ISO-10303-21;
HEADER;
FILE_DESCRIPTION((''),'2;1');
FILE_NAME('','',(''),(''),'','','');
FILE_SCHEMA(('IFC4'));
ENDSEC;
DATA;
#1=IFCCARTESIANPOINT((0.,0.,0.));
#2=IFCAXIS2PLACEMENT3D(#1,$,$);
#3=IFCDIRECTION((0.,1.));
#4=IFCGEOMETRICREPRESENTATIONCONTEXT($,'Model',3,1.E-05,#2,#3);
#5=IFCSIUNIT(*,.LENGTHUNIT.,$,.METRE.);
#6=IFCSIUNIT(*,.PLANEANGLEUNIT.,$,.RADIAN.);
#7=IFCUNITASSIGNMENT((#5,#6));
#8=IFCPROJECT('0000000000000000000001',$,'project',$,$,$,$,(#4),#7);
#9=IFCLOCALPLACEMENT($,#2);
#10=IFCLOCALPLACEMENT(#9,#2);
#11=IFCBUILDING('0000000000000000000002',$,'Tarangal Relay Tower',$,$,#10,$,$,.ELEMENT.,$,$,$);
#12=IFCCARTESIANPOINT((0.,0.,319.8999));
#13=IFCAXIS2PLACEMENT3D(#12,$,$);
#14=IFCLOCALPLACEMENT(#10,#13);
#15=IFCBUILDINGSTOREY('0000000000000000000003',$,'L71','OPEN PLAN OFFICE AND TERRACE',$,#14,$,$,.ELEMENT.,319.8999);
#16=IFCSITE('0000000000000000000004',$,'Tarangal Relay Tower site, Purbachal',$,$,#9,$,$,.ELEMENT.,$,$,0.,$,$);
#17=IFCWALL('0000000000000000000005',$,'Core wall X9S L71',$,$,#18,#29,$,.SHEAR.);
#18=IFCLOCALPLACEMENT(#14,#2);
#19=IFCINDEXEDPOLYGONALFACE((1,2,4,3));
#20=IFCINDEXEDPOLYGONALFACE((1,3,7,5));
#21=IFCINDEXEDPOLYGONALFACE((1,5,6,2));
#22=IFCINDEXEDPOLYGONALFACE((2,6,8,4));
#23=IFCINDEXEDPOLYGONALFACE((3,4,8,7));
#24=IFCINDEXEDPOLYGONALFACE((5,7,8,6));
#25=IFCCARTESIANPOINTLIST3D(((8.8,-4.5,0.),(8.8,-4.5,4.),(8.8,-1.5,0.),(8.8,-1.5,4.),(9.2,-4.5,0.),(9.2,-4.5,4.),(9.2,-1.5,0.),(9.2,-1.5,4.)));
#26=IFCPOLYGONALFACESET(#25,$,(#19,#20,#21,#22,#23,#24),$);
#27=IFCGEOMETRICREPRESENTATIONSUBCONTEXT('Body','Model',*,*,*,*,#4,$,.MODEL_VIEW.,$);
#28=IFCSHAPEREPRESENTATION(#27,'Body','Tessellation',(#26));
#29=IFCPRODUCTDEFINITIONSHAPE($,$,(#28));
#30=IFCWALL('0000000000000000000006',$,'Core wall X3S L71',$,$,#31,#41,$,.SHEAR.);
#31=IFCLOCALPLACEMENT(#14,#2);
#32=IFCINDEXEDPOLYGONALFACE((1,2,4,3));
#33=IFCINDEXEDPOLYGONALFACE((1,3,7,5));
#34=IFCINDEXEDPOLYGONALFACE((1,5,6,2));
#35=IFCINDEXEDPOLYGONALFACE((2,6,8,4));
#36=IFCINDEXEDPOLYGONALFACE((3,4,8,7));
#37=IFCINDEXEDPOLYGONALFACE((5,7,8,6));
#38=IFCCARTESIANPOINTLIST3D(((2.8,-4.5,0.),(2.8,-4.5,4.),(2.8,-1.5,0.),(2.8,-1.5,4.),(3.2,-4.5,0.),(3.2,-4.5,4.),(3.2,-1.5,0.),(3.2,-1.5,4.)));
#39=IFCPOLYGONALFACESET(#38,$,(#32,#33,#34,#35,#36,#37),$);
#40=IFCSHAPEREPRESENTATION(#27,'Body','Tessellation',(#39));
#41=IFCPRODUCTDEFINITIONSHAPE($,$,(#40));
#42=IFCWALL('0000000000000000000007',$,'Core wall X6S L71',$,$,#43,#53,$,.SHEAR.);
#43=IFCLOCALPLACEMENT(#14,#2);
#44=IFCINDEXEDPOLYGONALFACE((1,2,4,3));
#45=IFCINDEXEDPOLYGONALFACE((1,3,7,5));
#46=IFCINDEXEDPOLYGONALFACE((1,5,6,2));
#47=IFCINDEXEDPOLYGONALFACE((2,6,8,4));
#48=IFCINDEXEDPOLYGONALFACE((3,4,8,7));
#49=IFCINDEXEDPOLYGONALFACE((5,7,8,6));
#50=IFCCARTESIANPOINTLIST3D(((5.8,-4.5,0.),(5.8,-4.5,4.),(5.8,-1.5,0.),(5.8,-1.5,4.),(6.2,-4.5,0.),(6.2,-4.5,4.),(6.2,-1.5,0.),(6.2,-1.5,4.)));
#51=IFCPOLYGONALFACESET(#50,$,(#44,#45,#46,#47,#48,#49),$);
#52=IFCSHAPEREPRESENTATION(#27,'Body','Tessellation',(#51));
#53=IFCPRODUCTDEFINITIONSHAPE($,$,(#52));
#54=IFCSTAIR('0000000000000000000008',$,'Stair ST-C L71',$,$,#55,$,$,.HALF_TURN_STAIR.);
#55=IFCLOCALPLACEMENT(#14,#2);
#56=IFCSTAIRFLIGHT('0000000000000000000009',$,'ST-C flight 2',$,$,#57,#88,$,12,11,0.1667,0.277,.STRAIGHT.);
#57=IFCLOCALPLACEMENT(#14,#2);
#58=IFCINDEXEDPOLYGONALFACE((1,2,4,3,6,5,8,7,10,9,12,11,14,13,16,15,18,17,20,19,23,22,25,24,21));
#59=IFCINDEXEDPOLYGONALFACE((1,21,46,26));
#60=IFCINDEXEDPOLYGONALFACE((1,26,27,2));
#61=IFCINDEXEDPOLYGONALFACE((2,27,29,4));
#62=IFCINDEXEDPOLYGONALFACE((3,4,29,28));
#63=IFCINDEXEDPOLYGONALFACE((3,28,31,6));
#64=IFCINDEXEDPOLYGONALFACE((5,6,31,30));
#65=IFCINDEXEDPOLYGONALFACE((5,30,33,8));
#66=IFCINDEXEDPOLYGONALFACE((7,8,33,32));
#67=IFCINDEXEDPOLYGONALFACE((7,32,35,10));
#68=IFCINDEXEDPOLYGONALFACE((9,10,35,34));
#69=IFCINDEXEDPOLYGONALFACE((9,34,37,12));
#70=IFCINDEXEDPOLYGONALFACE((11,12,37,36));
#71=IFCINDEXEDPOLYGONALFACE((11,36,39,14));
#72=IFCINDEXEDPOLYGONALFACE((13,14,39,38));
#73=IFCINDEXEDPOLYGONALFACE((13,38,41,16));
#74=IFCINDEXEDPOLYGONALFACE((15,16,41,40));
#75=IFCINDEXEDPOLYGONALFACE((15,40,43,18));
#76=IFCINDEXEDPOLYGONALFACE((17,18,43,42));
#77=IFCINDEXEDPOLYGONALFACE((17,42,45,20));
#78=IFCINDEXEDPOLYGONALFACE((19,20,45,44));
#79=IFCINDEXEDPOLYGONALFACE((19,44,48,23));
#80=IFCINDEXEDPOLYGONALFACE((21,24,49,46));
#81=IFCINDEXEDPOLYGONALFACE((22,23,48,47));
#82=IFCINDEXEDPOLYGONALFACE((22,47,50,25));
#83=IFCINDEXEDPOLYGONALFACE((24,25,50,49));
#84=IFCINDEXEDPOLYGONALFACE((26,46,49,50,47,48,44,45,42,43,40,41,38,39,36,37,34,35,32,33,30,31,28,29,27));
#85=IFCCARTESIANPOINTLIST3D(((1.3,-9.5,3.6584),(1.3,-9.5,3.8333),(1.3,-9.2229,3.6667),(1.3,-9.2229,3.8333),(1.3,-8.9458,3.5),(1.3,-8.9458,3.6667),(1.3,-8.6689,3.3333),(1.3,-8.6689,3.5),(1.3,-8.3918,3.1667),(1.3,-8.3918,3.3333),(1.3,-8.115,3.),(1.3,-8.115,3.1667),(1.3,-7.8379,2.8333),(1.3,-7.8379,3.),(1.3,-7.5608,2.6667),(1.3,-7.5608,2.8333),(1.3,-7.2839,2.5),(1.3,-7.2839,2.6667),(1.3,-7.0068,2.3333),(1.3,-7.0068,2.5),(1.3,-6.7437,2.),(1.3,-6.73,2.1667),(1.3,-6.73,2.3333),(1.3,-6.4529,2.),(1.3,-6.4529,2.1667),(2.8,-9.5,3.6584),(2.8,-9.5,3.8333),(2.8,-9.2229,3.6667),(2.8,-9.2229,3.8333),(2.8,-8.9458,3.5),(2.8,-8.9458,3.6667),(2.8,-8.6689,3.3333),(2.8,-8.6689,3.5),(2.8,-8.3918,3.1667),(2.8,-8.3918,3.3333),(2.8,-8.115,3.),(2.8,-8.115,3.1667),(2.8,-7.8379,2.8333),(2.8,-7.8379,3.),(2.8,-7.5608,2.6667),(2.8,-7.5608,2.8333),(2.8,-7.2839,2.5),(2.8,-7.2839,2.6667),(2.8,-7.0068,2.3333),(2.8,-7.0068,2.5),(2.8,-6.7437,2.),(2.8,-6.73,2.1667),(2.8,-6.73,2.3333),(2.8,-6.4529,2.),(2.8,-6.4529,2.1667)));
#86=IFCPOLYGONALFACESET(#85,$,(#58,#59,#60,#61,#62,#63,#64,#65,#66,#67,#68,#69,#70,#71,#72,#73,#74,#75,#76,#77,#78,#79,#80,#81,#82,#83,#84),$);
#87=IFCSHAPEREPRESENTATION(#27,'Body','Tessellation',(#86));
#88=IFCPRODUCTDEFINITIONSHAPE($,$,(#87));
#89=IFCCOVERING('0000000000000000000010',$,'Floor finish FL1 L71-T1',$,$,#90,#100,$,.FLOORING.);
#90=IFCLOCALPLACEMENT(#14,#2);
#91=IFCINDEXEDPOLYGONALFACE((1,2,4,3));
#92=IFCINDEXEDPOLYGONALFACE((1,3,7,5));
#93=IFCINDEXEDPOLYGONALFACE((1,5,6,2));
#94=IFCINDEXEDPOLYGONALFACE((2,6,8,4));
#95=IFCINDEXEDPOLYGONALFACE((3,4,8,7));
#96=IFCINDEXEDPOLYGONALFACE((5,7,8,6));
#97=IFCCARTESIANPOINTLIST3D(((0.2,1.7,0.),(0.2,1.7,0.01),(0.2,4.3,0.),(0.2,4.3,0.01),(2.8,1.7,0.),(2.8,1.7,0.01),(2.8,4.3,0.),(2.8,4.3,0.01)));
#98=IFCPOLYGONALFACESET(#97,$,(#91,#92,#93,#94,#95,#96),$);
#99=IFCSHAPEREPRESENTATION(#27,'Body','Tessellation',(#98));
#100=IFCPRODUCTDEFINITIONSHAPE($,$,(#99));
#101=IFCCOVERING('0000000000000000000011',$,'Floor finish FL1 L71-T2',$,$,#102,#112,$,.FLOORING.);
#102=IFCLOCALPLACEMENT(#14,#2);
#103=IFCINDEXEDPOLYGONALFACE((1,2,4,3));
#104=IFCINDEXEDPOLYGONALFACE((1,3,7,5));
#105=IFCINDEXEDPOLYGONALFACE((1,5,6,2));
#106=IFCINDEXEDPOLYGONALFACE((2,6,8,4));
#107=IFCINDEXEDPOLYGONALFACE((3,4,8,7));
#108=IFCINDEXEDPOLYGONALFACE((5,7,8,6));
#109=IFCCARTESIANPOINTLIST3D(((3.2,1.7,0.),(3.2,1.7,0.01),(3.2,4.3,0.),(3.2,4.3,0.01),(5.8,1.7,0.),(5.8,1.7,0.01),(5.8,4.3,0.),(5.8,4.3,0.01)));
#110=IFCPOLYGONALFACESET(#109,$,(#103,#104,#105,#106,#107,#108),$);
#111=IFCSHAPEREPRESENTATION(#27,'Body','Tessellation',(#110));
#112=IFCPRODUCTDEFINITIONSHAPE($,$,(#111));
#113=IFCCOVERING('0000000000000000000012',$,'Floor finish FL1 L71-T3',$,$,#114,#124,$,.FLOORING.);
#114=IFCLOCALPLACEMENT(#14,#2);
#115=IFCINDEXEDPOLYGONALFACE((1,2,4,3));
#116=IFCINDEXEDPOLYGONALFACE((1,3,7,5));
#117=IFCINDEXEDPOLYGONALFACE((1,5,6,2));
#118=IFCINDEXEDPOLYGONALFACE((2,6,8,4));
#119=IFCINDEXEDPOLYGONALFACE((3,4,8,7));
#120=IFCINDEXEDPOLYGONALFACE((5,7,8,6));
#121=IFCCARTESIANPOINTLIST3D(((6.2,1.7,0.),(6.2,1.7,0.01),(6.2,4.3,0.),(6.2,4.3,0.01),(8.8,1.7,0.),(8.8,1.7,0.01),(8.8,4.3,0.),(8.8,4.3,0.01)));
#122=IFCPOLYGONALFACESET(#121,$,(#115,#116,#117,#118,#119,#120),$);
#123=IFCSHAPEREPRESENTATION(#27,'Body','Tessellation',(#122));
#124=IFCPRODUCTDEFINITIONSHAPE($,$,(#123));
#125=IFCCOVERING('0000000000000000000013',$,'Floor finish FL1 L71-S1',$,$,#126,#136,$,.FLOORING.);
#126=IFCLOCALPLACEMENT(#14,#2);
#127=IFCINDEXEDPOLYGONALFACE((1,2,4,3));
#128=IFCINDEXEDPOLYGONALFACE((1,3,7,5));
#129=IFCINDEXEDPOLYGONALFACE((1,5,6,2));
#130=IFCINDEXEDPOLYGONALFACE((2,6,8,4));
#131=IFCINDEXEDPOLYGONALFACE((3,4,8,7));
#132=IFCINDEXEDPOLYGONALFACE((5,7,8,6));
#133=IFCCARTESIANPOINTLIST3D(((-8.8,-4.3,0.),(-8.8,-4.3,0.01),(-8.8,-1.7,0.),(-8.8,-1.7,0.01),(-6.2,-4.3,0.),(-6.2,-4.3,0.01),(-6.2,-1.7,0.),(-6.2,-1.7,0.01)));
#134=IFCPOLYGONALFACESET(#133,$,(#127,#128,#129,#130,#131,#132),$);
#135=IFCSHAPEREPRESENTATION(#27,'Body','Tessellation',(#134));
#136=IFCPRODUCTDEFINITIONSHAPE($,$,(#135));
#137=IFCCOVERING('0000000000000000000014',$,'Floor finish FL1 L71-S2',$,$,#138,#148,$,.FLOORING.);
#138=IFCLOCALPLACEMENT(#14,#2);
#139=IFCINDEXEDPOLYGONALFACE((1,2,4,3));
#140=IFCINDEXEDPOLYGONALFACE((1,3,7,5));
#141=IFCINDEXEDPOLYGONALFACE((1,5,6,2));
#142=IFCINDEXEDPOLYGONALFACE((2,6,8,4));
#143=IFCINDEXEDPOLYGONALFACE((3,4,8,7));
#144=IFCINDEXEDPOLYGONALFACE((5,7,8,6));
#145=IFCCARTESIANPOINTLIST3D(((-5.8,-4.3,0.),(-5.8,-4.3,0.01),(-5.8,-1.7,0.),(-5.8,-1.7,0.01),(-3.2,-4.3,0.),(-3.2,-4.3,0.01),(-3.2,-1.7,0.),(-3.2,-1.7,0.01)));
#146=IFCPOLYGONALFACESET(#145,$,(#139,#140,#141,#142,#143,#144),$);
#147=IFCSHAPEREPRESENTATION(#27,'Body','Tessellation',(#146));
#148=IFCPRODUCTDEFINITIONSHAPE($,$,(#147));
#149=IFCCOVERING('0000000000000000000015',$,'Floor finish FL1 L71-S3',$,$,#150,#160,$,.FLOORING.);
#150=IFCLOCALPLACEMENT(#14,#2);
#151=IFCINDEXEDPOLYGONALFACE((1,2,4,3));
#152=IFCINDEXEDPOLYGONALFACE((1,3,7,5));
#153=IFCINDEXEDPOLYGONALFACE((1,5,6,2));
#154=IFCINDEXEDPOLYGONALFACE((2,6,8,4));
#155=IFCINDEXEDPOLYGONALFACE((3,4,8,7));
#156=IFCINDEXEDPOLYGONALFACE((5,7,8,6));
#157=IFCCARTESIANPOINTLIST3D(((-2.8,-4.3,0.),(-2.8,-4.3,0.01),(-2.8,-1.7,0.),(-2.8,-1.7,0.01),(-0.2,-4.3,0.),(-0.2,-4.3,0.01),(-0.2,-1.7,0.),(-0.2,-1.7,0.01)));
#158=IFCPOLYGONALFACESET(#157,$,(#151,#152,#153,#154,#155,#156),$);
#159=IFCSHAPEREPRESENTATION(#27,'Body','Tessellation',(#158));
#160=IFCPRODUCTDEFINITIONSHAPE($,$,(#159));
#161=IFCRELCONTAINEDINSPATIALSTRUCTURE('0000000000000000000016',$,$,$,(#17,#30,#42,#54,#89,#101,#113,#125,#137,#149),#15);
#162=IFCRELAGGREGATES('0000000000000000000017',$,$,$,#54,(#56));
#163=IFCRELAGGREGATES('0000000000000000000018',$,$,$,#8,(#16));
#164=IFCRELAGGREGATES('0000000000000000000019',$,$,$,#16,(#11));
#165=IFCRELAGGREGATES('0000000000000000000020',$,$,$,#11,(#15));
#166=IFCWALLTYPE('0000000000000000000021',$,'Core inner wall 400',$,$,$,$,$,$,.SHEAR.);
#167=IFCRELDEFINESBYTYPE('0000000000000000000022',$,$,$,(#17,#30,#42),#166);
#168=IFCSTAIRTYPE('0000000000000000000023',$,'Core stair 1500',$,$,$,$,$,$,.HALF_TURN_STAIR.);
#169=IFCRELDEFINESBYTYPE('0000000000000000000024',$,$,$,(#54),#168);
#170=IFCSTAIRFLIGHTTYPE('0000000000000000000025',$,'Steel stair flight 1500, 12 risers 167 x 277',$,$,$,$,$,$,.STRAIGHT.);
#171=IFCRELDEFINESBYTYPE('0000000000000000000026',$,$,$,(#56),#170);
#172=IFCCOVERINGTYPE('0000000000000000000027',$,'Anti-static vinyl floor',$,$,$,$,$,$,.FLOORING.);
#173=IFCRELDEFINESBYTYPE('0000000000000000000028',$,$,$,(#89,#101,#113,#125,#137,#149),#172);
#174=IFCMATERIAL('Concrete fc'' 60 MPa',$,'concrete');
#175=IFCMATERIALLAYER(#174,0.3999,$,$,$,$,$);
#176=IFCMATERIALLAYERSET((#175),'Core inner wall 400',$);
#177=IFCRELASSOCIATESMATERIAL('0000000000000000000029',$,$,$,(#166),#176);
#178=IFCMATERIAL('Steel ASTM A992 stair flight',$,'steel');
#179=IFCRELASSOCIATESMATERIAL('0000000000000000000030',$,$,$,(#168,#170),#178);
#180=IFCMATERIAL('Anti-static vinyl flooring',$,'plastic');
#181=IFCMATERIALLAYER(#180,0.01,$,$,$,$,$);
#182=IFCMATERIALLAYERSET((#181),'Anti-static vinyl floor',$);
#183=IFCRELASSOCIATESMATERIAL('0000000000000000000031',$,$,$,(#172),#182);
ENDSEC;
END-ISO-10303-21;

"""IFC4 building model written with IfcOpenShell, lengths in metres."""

from ifc_helpers import new_model, si_unit, direction, frame, frame_2d, origin, place, context, subcontext, project, spatial, polyline, rectangle, outline, extrude, material, layer, layer_set, type_object, element, aggregate, save


model = new_model("IFC4")

# Units and contexts
model_context = context("Model", 3, precision=1e-05, world=origin(), true_north=direction((0.0, 1.0)))
body_context = subcontext(model_context, "Body", "Model", "MODEL_VIEW")
ifc_project = project(units=[si_unit("LENGTHUNIT", "METRE"), si_unit("PLANEANGLEUNIT", "RADIAN")], contexts=[model_context])

# Site, building, storey
site_placement = place(None, origin())
site = spatial("IfcSite", under=ifc_project, at=site_placement, Name="Tarangal Relay Tower site, Purbachal", CompositionType="ELEMENT", RefElevation=0.0)
building_placement = place(site_placement, origin())
building = spatial("IfcBuilding", under=site, at=building_placement, Name="Tarangal Relay Tower", CompositionType="ELEMENT")
storey_placement = place(building_placement, frame((0.0, 0.0, 319.8999)))
storey = spatial("IfcBuildingStorey", under=building, at=storey_placement, Name="L71", Description="OPEN PLAN OFFICE AND TERRACE", CompositionType="ELEMENT", Elevation=319.8999)

# Walls
ifc_material_1 = material(Name="Concrete fc' 60 MPa", Category="concrete")
ifc_layer_1 = layer(ifc_material_1, 0.3999)
ifc_layer_set_1 = layer_set([ifc_layer_1], Name="Core inner wall 400")
wall_type_1 = type_object("IfcWallType", Name="Core inner wall 400", PredefinedType="SHEAR", material=ifc_layer_set_1)
for number, where, z_axis, x_axis, name in (
    (1, (9.0, -4.5, 0.0), (0.0, 0.0, 1.0), (0.0, 1.0, 0.0), "Core wall X9S L71"),
    (2, (3.0, -4.5, 0.0), (0.0, 0.0, 1.0), (0.0, 1.0, 0.0), "Core wall X3S L71"),
    (3, (6.0, -4.5, 0.0), (0.0, 0.0, 1.0), (0.0, 1.0, 0.0), "Core wall X6S L71"),
):
    element("IfcWall", number, at=place(storey_placement, frame(where, z_axis=z_axis, x_axis=x_axis)), inside=storey, type_object=wall_type_1, Name=name, PredefinedType="SHEAR", context=body_context, shape_type="SweptSolid", body=[
        extrude(rectangle(XDim=3.0, YDim=0.3999, at=frame_2d((1.5, 0.0))), origin(), (0.0, 0.0, 1.0), 4.0),
    ])

# Stair, stair flight
ifc_material_2 = material(Name="Steel ASTM A992 stair flight", Category="steel")
stair_type = type_object("IfcStairType", Name="Core stair 1500", PredefinedType="HALF_TURN_STAIR", material=ifc_material_2)
stair_placement = place(storey_placement, origin())
stair = element("IfcStair", 4, at=stair_placement, inside=storey, type_object=stair_type, Name="Stair ST-C L71", PredefinedType="HALF_TURN_STAIR")
stair_flight_type = type_object("IfcStairFlightType", Name="Steel stair flight 1500, 12 risers 167 x 277", PredefinedType="STRAIGHT", material=ifc_material_2)
stair_flight_placement = place(storey_placement, frame((2.05, -6.4529, 2.0), z_axis=(0.0, 0.0, 1.0), x_axis=(0.0, -1.0, 0.0)))
stair_flight = element("IfcStairFlight", 5, at=stair_flight_placement, type_object=stair_flight_type, Name="ST-C flight 2", NumberOfRisers=12, NumberOfTreads=11, PredefinedType="STRAIGHT", RiserHeight=0.1667, TreadLength=0.277, context=body_context, shape_type="SweptSolid", body=[
    extrude(outline(polyline([(0.0, 0.0), (0.0, 0.1667), (0.2771, 0.1667), (0.2771, 0.3333), (0.554, 0.3333), (0.554, 0.5), (0.8311, 0.5), (0.8311, 0.6667), (1.1079, 0.6667), (1.1079, 0.8333), (1.385, 0.8333), (1.385, 1.0), (1.6621, 1.0), (1.6621, 1.1667), (1.939, 1.1667), (1.939, 1.3333), (2.2161, 1.3333), (2.2161, 1.5), (2.4929, 1.5), (2.4929, 1.6667), (2.77, 1.6667), (2.77, 1.8333), (3.0471, 1.8333), (3.0471, 2.0), (3.0471, 1.6584), (0.2908, 0.0), (0.0, 0.0)])), frame((0.0, 0.75, 0.0), z_axis=(0.0, -1.0, 0.0), x_axis=(1.0, 0.0, 0.0)), (0.0, 0.0, 1.0), 1.5),
])
aggregate(stair, [stair_flight])

# Coverings
ifc_material_3 = material(Name="Anti-static vinyl flooring", Category="plastic")
ifc_layer_2 = layer(ifc_material_3, 0.01)
ifc_layer_set_2 = layer_set([ifc_layer_2], Name="Anti-static vinyl floor")
covering_type_1 = type_object("IfcCoveringType", Name="Anti-static vinyl floor", PredefinedType="FLOORING", material=ifc_layer_set_2)
covering_1_placement = place(storey_placement, origin())
element("IfcCovering", 6, at=covering_1_placement, inside=storey, type_object=covering_type_1, Name="Floor finish FL1 L71-T1", PredefinedType="FLOORING", context=body_context, shape_type="SweptSolid", body=[
    extrude(outline(polyline([(0.2, 1.7), (2.8, 1.7), (2.8, 4.3), (0.2, 4.3), (0.2, 1.7)])), origin(), (0.0, 0.0, 1.0), 0.01),
])
covering_2_placement = place(storey_placement, origin())
element("IfcCovering", 7, at=covering_2_placement, inside=storey, type_object=covering_type_1, Name="Floor finish FL1 L71-T2", PredefinedType="FLOORING", context=body_context, shape_type="SweptSolid", body=[
    extrude(outline(polyline([(3.2, 1.7), (5.8, 1.7), (5.8, 4.3), (3.2, 4.3), (3.2, 1.7)])), origin(), (0.0, 0.0, 1.0), 0.01),
])
covering_3_placement = place(storey_placement, origin())
element("IfcCovering", 8, at=covering_3_placement, inside=storey, type_object=covering_type_1, Name="Floor finish FL1 L71-T3", PredefinedType="FLOORING", context=body_context, shape_type="SweptSolid", body=[
    extrude(outline(polyline([(6.2, 1.7), (8.8, 1.7), (8.8, 4.3), (6.2, 4.3), (6.2, 1.7)])), origin(), (0.0, 0.0, 1.0), 0.01),
])
covering_4_placement = place(storey_placement, origin())
element("IfcCovering", 9, at=covering_4_placement, inside=storey, type_object=covering_type_1, Name="Floor finish FL1 L71-S1", PredefinedType="FLOORING", context=body_context, shape_type="SweptSolid", body=[
    extrude(outline(polyline([(-8.8, -4.3), (-6.2, -4.3), (-6.2, -1.7), (-8.8, -1.7), (-8.8, -4.3)])), origin(), (0.0, 0.0, 1.0), 0.01),
])
covering_5_placement = place(storey_placement, origin())
element("IfcCovering", 10, at=covering_5_placement, inside=storey, type_object=covering_type_1, Name="Floor finish FL1 L71-S2", PredefinedType="FLOORING", context=body_context, shape_type="SweptSolid", body=[
    extrude(outline(polyline([(-5.8, -4.3), (-3.2, -4.3), (-3.2, -1.7), (-5.8, -1.7), (-5.8, -4.3)])), origin(), (0.0, 0.0, 1.0), 0.01),
])
covering_6_placement = place(storey_placement, origin())
element("IfcCovering", 11, at=covering_6_placement, inside=storey, type_object=covering_type_1, Name="Floor finish FL1 L71-S3", PredefinedType="FLOORING", context=body_context, shape_type="SweptSolid", body=[
    extrude(outline(polyline([(-2.8, -4.3), (-0.2, -4.3), (-0.2, -1.7), (-2.8, -1.7), (-2.8, -4.3)])), origin(), (0.0, 0.0, 1.0), 0.01),
])

save(model, "model.ifc")
